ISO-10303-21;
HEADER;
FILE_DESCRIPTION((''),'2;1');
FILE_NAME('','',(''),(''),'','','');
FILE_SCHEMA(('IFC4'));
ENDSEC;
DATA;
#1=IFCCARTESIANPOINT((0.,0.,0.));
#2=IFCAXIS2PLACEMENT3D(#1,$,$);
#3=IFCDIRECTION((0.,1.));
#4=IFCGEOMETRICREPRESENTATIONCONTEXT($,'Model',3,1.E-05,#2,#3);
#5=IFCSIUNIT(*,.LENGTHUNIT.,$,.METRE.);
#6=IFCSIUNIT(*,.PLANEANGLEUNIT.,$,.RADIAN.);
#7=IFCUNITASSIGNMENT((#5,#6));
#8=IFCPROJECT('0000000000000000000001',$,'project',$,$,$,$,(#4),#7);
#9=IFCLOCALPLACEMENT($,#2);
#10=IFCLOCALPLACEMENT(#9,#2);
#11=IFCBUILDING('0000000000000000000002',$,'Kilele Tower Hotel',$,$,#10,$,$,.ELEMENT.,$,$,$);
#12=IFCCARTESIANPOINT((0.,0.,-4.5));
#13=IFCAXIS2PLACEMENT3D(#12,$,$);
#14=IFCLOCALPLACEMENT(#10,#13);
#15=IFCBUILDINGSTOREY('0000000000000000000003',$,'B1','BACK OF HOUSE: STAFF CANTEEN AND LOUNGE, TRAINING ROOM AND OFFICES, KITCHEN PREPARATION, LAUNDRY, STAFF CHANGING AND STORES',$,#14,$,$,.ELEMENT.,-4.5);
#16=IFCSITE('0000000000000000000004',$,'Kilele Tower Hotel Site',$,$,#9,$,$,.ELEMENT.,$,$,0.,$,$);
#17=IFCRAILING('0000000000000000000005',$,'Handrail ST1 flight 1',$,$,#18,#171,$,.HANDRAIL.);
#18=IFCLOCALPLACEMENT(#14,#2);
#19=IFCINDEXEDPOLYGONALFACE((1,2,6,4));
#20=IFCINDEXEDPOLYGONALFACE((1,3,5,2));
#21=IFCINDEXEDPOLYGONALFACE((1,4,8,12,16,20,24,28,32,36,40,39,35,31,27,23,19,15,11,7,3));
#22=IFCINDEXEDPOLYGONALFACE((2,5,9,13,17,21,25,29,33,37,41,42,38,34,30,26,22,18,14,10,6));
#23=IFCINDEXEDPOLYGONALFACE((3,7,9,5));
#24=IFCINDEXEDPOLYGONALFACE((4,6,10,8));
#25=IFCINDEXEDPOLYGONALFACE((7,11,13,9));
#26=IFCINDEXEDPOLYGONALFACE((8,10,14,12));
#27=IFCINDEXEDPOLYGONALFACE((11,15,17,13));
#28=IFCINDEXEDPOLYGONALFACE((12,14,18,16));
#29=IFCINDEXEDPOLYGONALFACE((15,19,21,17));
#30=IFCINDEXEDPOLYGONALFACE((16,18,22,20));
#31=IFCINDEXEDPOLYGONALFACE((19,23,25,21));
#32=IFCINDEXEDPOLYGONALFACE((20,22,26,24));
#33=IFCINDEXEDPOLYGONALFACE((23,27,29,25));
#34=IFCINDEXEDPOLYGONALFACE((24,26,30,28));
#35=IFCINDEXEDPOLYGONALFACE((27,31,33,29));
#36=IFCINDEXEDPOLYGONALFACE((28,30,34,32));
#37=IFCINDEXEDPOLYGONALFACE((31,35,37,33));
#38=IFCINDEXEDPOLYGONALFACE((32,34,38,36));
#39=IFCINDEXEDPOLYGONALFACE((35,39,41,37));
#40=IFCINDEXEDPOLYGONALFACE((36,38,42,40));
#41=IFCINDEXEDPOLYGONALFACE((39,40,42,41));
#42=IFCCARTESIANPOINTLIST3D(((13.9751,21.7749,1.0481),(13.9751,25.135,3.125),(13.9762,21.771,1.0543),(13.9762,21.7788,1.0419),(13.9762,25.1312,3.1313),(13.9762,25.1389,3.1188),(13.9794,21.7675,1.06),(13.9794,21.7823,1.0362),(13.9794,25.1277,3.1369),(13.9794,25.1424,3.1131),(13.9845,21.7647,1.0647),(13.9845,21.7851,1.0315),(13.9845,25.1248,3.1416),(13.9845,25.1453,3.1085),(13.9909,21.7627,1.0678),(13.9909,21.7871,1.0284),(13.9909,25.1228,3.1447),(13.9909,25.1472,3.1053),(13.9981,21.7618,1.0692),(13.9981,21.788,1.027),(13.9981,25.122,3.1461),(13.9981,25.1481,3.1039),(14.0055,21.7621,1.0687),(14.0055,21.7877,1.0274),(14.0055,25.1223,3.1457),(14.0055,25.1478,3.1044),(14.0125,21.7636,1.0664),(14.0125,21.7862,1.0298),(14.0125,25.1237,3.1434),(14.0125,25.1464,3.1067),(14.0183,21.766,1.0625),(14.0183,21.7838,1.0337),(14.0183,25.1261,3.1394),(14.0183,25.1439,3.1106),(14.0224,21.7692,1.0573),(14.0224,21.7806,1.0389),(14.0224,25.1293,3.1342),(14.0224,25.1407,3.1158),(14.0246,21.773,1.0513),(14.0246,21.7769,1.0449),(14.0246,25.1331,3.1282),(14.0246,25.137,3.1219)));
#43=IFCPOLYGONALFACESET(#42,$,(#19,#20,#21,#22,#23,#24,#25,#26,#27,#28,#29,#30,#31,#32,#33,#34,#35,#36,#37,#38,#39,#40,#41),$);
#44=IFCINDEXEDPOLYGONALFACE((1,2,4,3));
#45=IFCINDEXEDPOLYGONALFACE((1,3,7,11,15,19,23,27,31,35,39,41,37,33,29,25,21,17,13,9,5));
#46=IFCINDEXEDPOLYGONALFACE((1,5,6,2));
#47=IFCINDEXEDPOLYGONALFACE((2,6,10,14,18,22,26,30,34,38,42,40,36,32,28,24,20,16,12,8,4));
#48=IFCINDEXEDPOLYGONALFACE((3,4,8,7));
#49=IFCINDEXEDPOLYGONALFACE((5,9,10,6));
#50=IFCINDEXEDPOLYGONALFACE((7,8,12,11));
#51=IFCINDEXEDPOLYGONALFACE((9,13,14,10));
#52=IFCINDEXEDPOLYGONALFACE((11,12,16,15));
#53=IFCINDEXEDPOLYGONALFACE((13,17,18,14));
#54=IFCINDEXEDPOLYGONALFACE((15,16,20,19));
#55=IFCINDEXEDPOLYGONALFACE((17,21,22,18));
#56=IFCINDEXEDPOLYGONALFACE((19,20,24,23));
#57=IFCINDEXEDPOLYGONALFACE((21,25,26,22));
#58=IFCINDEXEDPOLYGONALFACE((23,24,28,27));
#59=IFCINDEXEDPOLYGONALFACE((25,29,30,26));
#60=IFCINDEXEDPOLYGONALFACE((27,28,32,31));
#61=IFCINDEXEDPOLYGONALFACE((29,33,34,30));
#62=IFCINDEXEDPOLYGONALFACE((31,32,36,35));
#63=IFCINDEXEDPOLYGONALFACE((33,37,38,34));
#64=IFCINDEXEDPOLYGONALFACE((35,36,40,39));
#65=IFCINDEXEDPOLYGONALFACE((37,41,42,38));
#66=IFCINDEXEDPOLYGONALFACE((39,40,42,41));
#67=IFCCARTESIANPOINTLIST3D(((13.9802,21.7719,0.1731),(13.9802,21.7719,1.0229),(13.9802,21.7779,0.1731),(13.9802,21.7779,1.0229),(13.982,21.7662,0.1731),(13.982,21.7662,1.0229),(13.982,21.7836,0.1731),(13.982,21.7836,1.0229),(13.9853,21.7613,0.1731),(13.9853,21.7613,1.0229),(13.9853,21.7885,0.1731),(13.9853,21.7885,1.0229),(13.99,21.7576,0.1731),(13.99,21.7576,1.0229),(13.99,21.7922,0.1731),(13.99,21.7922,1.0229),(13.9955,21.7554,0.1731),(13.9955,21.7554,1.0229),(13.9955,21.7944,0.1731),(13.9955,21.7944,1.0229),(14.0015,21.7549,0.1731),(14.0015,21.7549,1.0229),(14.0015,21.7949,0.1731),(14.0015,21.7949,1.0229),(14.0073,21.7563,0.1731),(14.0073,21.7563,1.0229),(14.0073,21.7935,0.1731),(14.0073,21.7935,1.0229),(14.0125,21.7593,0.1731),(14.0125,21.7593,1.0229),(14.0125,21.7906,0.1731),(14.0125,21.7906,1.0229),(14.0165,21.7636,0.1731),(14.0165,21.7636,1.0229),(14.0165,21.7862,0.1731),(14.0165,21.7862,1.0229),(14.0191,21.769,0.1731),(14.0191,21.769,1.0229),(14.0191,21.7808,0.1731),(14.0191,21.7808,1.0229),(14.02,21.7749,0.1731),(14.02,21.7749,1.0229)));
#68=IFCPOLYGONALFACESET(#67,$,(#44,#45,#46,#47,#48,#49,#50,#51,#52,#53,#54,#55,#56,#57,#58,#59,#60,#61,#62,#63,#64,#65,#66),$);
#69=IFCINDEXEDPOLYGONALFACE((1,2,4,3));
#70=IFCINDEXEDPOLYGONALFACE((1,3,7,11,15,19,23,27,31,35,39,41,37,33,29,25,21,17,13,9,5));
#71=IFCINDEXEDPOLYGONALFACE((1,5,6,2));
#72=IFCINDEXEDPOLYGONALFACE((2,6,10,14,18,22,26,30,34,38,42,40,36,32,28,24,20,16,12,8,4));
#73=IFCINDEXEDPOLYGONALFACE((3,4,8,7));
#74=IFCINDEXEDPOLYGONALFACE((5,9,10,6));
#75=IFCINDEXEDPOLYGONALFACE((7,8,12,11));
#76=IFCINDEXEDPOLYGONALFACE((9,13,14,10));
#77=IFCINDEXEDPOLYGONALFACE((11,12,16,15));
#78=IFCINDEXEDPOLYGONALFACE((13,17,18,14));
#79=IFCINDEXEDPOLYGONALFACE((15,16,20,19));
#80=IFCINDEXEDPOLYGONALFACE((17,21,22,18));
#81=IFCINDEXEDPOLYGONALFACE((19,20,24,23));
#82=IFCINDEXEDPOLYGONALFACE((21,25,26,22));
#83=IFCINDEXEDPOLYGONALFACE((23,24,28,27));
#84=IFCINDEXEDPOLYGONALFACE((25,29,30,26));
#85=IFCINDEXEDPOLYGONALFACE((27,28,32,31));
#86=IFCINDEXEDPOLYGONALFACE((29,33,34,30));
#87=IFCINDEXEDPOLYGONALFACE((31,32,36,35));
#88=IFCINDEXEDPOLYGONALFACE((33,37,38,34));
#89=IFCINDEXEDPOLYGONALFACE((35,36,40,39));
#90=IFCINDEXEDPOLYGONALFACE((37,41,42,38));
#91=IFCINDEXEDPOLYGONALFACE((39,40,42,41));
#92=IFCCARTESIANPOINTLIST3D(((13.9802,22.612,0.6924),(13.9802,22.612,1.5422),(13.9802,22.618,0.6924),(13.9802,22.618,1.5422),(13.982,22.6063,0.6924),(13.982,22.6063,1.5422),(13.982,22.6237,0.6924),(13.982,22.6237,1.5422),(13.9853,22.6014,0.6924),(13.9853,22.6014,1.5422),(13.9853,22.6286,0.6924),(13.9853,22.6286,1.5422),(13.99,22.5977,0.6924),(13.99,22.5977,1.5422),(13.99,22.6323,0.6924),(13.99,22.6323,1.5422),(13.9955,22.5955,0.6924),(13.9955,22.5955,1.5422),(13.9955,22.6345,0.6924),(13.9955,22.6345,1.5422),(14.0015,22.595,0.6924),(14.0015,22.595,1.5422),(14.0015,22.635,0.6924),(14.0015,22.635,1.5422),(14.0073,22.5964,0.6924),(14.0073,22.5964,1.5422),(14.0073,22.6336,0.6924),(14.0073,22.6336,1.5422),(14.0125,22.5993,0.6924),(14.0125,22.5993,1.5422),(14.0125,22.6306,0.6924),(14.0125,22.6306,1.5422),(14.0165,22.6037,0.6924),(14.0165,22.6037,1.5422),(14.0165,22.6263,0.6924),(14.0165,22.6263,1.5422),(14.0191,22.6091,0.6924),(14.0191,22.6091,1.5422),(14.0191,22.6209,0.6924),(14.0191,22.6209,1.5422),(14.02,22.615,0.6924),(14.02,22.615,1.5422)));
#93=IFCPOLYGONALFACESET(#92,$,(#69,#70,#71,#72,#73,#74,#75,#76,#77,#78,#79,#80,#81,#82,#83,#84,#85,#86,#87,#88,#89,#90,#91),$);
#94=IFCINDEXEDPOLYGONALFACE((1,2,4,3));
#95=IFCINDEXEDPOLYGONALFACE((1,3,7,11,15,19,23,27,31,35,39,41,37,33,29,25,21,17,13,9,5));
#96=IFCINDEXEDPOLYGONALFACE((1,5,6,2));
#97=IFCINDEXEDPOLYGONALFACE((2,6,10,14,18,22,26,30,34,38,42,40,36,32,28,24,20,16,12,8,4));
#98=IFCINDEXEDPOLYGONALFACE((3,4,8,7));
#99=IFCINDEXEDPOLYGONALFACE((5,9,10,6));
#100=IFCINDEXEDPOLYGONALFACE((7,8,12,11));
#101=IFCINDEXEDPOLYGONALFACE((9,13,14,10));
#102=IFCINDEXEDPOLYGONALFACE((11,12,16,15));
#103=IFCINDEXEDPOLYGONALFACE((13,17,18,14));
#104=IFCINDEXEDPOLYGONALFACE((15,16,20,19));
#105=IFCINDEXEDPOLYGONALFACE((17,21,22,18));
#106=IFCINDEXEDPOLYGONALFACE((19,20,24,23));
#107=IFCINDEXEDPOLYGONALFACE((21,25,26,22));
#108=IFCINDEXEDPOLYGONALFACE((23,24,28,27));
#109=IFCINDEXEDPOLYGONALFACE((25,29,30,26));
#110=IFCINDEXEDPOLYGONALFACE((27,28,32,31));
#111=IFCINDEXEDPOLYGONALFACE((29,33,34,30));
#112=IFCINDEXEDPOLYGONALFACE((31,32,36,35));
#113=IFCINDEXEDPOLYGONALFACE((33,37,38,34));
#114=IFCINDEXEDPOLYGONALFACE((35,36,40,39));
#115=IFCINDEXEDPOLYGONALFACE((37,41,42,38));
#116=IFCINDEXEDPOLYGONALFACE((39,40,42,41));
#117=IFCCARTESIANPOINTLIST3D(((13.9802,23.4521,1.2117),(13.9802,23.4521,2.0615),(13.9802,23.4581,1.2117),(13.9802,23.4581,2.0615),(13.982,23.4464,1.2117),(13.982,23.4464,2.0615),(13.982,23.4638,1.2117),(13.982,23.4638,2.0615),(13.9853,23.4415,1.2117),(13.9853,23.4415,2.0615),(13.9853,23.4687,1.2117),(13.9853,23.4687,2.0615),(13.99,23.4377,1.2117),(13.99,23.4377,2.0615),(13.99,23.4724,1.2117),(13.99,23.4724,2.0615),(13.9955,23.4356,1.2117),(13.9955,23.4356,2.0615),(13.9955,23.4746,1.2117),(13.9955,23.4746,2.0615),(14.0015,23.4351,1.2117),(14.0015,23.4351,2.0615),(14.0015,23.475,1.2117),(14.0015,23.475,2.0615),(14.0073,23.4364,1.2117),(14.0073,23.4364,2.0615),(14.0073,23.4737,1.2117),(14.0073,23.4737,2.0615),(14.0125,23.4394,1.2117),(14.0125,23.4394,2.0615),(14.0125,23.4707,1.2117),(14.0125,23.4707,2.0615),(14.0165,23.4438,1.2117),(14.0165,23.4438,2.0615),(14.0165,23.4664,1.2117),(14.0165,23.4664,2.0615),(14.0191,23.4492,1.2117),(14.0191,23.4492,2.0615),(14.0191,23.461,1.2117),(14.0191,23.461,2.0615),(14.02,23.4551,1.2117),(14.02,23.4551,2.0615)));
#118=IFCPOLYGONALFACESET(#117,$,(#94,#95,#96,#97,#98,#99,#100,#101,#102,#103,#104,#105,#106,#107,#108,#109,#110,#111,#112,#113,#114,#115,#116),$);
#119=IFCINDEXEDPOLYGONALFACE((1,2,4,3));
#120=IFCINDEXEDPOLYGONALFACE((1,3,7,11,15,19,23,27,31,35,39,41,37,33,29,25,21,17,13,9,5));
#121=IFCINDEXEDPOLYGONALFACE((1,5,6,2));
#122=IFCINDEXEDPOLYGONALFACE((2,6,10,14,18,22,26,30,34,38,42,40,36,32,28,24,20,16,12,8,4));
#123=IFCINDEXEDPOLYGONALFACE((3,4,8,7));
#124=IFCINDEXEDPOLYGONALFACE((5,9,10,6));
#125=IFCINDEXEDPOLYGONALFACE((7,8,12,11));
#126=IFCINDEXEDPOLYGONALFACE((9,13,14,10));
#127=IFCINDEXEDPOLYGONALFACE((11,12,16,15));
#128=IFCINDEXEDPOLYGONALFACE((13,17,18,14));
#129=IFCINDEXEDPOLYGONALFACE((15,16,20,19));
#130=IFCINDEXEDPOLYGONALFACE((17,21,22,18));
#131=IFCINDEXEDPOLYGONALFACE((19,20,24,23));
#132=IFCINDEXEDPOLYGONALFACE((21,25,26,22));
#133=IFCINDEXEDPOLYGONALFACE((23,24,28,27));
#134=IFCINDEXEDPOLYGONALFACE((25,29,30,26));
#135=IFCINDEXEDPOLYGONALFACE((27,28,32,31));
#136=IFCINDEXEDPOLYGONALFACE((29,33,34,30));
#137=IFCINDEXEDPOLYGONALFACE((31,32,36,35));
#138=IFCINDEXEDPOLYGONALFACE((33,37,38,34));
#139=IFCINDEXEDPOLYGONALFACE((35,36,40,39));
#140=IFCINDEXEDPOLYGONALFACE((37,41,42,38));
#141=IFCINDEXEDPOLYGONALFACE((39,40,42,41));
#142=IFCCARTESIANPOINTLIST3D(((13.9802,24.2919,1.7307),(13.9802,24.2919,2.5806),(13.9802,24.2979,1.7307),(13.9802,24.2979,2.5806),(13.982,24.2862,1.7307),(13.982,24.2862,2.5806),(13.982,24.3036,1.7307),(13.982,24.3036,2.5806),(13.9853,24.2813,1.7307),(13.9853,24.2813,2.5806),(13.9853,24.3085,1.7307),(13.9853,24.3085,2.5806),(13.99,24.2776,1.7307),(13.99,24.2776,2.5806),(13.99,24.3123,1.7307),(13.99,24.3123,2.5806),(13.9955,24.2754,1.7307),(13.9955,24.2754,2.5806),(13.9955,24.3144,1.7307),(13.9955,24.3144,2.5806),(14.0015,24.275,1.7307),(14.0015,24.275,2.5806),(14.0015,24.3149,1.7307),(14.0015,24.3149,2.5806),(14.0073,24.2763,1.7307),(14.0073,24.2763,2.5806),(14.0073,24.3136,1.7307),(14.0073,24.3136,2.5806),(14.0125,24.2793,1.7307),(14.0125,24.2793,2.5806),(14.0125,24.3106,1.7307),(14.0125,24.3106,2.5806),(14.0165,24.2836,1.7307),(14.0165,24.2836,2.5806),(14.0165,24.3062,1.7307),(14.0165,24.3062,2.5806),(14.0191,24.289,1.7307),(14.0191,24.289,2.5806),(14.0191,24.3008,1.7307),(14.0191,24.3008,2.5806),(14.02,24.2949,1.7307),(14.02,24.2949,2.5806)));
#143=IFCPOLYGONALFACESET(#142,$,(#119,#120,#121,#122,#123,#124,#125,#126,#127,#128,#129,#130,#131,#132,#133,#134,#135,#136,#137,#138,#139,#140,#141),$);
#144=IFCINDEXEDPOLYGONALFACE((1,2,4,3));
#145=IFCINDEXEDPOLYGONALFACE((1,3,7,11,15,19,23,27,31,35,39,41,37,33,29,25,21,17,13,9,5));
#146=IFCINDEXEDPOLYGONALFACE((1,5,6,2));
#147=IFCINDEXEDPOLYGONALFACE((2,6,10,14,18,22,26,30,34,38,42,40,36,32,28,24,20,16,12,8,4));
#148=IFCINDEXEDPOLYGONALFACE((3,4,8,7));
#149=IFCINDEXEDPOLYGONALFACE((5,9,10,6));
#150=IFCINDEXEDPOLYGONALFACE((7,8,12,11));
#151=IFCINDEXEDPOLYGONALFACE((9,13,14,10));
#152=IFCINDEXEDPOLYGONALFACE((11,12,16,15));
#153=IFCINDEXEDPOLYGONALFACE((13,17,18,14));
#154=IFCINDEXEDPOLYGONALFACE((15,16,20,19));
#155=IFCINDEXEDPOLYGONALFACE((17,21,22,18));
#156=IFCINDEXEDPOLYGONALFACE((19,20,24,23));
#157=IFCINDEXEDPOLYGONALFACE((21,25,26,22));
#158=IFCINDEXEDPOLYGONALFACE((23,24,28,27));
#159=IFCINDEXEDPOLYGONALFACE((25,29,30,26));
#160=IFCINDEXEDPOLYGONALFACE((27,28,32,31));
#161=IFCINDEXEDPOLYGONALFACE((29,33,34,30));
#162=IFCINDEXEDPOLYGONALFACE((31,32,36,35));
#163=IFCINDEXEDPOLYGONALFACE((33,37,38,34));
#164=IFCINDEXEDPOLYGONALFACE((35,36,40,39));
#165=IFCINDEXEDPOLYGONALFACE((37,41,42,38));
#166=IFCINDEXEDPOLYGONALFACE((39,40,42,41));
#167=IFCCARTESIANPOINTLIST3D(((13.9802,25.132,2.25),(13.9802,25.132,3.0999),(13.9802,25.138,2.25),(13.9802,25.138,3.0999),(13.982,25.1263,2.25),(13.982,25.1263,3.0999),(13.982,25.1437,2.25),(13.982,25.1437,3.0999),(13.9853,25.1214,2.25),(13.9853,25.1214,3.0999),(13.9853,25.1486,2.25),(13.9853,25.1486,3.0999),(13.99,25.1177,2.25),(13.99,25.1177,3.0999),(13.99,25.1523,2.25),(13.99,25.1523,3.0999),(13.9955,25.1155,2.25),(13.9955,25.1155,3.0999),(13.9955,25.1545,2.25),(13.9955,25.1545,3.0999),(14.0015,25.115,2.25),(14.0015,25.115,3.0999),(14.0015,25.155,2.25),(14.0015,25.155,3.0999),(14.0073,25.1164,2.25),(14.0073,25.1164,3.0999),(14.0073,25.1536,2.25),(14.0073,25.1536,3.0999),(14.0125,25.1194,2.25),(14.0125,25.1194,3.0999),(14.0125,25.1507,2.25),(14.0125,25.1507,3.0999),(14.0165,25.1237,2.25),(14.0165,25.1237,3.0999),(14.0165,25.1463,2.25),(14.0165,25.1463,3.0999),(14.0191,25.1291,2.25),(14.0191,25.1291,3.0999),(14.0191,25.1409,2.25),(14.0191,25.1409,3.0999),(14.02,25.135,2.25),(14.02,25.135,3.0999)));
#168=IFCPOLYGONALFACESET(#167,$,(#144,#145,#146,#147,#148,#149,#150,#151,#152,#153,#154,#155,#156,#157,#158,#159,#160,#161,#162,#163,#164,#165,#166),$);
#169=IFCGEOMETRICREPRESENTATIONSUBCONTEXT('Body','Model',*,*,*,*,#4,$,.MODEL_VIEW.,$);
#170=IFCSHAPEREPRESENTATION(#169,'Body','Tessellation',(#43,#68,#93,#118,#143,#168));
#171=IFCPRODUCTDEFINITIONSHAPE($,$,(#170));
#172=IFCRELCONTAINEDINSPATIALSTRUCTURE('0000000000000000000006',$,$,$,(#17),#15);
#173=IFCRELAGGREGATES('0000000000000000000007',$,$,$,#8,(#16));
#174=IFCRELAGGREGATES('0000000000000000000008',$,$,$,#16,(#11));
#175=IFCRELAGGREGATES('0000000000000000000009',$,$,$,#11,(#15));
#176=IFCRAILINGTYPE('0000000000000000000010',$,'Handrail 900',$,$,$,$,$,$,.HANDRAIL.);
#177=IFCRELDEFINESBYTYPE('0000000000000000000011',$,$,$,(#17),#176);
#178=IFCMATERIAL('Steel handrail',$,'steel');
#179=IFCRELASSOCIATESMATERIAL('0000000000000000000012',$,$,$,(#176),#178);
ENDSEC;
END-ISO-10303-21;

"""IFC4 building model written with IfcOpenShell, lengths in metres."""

from ifc_helpers import new_model, si_unit, direction, frame, origin, origin_2d, place, context, subcontext, project, spatial, circle, extrude, material, type_object, element, save


model = new_model("IFC4")

# Units and contexts
model_context = context("Model", 3, precision=1e-05, world=origin(), true_north=direction((0.0, 1.0)))
body_context = subcontext(model_context, "Body", "Model", "MODEL_VIEW")
ifc_project = project(units=[si_unit("LENGTHUNIT", "METRE"), si_unit("PLANEANGLEUNIT", "RADIAN")], contexts=[model_context])

# Site, building, storey
site_placement = place(None, origin())
site = spatial("IfcSite", under=ifc_project, at=site_placement, Name="Kilele Tower Hotel Site", CompositionType="ELEMENT", RefElevation=0.0)
building_placement = place(site_placement, origin())
building = spatial("IfcBuilding", under=site, at=building_placement, Name="Kilele Tower Hotel", CompositionType="ELEMENT")
storey_placement = place(building_placement, frame((0.0, 0.0, -4.5)))
storey = spatial("IfcBuildingStorey", under=building, at=storey_placement, Name="B1", Description="BACK OF HOUSE: STAFF CANTEEN AND LOUNGE, TRAINING ROOM AND OFFICES, KITCHEN PREPARATION, LAUNDRY, STAFF CHANGING AND STORES", CompositionType="ELEMENT", Elevation=-4.5)

# Railing
ifc_material_1 = material(Name="Steel handrail", Category="steel")
railing_type_1 = type_object("IfcRailingType", Name="Handrail 900", PredefinedType="HANDRAIL", material=ifc_material_1)
for number, where, name in (
    (1, (14.0, 21.7749, 0.1731), "Handrail ST1 flight 1"),
):
    element("IfcRailing", number, at=place(storey_placement, frame(where)), inside=storey, type_object=railing_type_1, Name=name, PredefinedType="HANDRAIL", context=body_context, shape_type="SweptSolid", body=[
        extrude(circle(Radius=0.0249, at=origin_2d()), frame((0.0, 0.0, 0.875), z_axis=(0.0, 0.850623, 0.525776), x_axis=(-1.0, 0.0, 0.0)), (0.0, 0.0, 1.0), 3.9502),
        extrude(circle(Radius=0.02, at=origin_2d()), origin(), (0.0, 0.0, 1.0), 0.8499),
        extrude(circle(Radius=0.02, at=origin_2d()), frame((0.0, 0.8401, 0.5193)), (0.0, 0.0, 1.0), 0.8499),
        extrude(circle(Radius=0.02, at=origin_2d()), frame((0.0, 1.6802, 1.0386)), (0.0, 0.0, 1.0), 0.8499),
        extrude(circle(Radius=0.02, at=origin_2d()), frame((0.0, 2.52, 1.5576)), (0.0, 0.0, 1.0), 0.8499),
        extrude(circle(Radius=0.02, at=origin_2d()), frame((0.0, 3.3601, 2.0769)), (0.0, 0.0, 1.0), 0.8499),
    ])

save(model, "model.ifc")
